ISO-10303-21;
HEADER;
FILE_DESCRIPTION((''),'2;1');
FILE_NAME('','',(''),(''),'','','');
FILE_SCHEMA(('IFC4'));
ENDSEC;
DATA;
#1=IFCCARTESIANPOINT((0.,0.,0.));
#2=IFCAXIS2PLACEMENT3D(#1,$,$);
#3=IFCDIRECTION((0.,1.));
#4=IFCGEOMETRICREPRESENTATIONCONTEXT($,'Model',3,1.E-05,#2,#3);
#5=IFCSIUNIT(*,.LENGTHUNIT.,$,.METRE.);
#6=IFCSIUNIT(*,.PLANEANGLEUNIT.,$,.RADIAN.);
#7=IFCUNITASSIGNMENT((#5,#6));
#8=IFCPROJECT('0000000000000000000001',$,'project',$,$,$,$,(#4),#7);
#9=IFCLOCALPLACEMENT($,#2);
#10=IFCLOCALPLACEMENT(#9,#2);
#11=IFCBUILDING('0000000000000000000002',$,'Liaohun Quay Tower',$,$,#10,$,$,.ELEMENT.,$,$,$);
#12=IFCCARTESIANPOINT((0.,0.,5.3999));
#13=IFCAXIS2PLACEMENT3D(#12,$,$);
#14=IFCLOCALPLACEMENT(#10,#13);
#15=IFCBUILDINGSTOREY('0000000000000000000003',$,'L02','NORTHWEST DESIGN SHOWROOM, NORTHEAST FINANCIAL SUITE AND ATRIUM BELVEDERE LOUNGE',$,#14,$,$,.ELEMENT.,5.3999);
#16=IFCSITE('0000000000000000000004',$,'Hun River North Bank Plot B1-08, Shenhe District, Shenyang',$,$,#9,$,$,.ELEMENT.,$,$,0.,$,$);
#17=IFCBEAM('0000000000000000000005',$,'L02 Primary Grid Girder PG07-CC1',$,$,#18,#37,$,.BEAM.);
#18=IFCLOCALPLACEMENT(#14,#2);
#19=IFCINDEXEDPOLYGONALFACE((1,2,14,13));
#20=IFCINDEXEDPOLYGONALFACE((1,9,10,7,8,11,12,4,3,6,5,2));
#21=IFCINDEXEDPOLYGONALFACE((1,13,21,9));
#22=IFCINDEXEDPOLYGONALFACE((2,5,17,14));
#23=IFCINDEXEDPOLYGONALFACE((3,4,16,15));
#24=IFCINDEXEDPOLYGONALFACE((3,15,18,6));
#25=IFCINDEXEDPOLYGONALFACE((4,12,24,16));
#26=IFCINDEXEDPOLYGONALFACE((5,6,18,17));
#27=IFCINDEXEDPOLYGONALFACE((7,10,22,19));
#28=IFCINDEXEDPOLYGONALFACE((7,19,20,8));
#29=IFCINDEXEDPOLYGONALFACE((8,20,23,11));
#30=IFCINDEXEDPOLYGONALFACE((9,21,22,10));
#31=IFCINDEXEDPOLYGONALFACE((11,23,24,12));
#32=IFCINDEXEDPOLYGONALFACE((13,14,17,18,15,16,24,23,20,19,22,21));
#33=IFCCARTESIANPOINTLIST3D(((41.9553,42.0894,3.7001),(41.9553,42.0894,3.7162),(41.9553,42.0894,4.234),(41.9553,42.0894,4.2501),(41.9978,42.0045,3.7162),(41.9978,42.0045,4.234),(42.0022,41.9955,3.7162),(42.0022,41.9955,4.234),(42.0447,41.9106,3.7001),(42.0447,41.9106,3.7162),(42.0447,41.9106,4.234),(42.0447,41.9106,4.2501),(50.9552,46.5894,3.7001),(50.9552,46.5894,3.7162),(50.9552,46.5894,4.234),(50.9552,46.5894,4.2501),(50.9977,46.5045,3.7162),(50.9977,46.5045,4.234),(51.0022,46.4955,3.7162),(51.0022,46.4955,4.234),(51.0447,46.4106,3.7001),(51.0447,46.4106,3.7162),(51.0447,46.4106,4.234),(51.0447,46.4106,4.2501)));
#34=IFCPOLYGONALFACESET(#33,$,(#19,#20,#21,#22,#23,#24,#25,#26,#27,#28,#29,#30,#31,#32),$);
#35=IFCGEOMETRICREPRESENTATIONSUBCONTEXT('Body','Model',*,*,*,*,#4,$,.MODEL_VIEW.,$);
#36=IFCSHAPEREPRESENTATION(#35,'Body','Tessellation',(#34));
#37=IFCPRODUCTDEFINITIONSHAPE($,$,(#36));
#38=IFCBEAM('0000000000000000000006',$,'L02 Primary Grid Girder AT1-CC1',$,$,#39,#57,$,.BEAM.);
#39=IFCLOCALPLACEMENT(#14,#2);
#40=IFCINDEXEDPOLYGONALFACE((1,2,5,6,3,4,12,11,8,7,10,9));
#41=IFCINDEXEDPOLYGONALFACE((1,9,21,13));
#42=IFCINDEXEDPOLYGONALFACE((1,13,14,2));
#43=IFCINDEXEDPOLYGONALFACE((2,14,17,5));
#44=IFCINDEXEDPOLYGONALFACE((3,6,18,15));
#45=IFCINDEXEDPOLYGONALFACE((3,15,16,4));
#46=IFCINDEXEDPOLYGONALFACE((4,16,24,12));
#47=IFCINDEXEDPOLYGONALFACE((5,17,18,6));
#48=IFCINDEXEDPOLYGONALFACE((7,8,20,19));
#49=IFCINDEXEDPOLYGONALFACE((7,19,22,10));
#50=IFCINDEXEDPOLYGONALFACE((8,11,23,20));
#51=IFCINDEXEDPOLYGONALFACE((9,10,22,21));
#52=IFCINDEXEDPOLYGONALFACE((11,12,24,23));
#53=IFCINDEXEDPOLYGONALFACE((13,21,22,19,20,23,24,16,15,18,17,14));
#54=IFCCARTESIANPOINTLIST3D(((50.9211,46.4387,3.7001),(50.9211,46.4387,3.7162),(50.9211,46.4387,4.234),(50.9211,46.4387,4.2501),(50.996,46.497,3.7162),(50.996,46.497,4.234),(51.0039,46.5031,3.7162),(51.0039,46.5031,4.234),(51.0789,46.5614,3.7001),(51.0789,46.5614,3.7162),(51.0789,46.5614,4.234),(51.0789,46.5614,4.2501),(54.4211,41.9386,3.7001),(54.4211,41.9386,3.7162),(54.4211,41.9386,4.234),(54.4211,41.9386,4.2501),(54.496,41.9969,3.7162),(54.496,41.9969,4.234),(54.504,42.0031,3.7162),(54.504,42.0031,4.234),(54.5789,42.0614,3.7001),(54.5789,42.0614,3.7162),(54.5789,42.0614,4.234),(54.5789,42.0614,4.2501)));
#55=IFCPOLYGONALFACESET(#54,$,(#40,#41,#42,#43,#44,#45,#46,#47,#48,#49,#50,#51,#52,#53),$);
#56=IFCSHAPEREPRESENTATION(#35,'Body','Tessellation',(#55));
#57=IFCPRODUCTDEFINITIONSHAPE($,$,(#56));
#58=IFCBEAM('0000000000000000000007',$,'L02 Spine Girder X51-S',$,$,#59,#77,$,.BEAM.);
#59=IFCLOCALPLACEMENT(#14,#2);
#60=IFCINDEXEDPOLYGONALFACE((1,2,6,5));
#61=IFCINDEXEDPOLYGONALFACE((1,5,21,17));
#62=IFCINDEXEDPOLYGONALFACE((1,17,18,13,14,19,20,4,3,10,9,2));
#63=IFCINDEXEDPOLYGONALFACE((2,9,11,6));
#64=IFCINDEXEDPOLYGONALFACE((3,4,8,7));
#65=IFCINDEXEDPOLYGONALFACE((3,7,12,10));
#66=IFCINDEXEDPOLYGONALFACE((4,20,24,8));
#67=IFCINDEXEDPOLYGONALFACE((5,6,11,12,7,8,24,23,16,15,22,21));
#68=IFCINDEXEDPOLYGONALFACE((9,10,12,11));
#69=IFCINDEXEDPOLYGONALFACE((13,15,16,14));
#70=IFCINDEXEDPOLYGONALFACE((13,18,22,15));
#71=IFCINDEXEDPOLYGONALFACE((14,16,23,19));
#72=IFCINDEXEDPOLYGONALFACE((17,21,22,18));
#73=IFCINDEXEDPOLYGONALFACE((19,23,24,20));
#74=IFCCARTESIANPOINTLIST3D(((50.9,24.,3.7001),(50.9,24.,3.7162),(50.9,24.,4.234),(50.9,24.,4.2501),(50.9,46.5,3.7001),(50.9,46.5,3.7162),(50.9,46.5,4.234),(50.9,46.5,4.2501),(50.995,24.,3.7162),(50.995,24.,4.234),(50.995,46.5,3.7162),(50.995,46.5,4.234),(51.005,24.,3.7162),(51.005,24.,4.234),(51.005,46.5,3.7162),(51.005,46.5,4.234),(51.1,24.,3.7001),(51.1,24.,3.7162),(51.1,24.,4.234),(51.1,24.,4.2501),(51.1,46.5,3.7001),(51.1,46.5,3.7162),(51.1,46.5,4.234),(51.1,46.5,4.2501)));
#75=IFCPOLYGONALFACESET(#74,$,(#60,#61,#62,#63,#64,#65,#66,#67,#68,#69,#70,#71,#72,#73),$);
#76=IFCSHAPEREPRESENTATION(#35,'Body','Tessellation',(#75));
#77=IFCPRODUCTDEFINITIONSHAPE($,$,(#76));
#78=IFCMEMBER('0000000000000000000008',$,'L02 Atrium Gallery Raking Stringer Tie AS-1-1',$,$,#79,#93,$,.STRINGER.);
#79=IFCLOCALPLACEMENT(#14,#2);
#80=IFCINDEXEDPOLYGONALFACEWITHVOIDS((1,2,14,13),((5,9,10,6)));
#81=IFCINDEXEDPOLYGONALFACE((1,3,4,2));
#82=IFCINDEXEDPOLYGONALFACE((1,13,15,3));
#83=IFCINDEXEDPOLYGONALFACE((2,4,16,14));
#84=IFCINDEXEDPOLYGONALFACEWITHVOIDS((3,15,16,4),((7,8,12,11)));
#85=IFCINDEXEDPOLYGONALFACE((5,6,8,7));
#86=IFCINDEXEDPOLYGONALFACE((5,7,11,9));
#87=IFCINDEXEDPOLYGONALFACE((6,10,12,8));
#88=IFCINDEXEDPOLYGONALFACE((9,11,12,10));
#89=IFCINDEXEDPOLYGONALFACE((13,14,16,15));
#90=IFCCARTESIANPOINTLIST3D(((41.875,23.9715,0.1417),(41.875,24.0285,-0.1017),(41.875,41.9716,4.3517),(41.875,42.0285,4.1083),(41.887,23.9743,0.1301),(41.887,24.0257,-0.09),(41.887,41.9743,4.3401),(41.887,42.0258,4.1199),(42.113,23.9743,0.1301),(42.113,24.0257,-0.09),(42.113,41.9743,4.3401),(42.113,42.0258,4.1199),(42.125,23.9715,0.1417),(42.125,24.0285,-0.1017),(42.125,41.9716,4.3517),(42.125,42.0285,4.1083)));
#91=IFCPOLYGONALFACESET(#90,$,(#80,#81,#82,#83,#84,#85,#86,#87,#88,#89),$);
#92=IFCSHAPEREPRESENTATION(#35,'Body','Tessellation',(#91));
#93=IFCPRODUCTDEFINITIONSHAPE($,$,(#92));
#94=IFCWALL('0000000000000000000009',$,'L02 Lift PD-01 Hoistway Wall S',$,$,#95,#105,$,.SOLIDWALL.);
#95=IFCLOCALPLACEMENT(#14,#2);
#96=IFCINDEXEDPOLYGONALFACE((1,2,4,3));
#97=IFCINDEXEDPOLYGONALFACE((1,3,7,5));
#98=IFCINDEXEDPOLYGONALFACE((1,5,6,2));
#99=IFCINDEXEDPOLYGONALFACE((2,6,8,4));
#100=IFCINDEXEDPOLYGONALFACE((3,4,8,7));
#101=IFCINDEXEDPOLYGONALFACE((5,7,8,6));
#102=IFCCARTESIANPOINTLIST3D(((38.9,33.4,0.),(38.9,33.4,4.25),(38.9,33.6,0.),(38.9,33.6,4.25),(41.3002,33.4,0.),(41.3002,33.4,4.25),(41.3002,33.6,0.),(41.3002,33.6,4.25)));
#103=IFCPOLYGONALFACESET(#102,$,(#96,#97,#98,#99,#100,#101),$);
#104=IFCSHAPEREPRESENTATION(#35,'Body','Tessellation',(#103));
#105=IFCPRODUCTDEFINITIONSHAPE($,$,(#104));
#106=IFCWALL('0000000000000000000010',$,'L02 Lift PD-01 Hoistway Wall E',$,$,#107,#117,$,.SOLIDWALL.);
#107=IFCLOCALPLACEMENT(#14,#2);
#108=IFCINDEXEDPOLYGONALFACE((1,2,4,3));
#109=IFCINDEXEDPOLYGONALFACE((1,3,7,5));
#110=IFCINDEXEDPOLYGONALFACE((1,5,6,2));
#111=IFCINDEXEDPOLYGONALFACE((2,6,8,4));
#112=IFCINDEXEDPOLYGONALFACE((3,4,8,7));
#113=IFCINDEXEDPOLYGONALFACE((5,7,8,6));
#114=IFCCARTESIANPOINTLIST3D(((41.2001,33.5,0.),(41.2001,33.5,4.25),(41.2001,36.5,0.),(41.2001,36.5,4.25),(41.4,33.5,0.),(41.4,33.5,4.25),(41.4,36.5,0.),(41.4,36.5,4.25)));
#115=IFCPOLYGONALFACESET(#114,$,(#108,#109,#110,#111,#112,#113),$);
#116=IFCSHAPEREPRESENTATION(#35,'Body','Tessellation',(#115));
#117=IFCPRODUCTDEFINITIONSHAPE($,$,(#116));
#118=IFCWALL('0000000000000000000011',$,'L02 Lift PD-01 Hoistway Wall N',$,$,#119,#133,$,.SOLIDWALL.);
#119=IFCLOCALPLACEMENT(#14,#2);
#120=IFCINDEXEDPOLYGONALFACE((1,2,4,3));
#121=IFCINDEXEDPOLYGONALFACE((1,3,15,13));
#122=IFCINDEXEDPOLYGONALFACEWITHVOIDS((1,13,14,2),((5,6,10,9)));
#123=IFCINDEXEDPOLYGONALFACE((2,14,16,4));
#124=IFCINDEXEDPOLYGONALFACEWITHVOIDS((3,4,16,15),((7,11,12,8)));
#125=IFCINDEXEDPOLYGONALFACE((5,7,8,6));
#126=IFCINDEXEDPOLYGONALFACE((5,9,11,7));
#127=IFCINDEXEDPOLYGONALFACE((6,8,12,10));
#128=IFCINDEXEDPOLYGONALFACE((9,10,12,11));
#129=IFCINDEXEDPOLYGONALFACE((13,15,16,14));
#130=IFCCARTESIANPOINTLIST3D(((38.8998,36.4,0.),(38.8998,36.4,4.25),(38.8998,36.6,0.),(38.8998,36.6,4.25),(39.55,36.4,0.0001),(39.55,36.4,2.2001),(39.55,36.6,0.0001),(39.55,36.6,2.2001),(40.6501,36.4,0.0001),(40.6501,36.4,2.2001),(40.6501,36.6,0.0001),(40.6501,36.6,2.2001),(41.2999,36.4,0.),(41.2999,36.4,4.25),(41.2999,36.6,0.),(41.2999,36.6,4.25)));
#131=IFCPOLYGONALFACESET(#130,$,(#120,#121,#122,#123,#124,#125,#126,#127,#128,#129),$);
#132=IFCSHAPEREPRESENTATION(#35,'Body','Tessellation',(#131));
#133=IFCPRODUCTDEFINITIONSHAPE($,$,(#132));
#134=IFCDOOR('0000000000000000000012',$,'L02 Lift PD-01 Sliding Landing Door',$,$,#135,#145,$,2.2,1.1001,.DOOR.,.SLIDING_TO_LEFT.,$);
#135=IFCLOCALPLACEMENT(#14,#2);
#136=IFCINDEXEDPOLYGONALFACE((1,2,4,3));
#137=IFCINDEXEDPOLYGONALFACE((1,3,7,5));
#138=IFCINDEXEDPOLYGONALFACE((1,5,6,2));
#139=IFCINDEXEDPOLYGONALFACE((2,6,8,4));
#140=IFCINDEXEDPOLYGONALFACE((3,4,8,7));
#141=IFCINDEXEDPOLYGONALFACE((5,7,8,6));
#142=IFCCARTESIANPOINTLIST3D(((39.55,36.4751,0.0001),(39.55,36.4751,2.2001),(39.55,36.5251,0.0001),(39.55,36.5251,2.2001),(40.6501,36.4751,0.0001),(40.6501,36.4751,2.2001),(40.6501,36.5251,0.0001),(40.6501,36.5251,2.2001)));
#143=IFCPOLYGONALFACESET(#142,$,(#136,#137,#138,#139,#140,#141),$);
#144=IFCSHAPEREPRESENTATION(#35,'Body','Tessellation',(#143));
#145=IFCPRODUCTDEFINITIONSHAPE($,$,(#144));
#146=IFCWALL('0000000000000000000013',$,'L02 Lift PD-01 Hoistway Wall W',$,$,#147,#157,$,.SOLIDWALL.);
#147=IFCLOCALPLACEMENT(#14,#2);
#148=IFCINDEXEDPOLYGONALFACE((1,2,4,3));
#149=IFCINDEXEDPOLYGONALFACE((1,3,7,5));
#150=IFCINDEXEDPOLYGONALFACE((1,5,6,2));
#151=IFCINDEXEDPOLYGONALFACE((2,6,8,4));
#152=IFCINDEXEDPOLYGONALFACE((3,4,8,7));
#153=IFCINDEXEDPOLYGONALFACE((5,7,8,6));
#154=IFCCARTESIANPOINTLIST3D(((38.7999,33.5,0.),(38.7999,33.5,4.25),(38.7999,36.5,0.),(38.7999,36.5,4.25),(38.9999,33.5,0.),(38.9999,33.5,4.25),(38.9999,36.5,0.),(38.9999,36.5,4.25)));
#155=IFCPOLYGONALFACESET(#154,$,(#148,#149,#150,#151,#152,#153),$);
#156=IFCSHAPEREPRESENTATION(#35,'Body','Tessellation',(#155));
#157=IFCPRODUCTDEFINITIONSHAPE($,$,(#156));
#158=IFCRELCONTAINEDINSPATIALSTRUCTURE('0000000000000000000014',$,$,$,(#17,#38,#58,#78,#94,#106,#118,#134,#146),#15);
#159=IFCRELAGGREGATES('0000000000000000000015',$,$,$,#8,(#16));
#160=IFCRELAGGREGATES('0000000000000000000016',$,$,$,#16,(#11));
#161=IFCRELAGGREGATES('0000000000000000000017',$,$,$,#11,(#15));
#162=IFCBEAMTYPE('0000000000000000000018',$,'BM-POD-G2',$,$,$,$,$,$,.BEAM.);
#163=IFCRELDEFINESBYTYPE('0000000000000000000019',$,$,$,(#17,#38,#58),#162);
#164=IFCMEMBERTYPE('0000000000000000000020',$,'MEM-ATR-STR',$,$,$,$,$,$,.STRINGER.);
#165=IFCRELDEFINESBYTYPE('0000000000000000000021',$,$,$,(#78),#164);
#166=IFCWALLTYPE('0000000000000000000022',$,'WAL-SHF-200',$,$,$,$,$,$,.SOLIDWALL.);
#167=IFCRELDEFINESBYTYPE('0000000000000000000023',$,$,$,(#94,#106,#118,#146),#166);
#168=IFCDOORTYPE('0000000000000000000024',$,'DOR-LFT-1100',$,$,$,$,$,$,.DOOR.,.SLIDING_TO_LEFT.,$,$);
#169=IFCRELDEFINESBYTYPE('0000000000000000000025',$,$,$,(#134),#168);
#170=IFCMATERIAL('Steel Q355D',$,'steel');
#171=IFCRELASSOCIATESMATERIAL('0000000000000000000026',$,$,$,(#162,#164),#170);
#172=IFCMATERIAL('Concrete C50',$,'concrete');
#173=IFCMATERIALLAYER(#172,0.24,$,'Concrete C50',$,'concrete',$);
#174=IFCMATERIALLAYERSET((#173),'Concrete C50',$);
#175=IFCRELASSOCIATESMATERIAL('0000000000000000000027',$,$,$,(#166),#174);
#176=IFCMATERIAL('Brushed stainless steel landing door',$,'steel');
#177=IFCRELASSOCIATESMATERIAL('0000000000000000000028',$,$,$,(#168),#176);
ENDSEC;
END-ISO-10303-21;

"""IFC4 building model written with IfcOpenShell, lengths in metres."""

from ifc_helpers import new_model, si_unit, direction, frame, frame_2d, origin, origin_2d, place, context, subcontext, project, spatial, rectangle, hollow_rectangle, i_section, extrude, source, transform, mapped, material, layer, layer_set, material_profile, profile_set, type_object, element, fill, save


model = new_model("IFC4")

# Units and contexts
model_context = context("Model", 3, precision=1e-05, world=origin(), true_north=direction((0.0, 1.0)))
body_context = subcontext(model_context, "Body", "Model", "MODEL_VIEW")
ifc_project = project(units=[si_unit("LENGTHUNIT", "METRE"), si_unit("PLANEANGLEUNIT", "RADIAN")], contexts=[model_context])

# Site, building, storey
site_placement = place(None, origin())
site = spatial("IfcSite", under=ifc_project, at=site_placement, Name="Hun River North Bank Plot B1-08, Shenhe District, Shenyang", CompositionType="ELEMENT", RefElevation=0.0)
building_placement = place(site_placement, origin())
building = spatial("IfcBuilding", under=site, at=building_placement, Name="Liaohun Quay Tower", CompositionType="ELEMENT")
storey_placement = place(building_placement, frame((0.0, 0.0, 5.3999)))
storey = spatial("IfcBuildingStorey", under=building, at=storey_placement, Name="L02", Description="NORTHWEST DESIGN SHOWROOM, NORTHEAST FINANCIAL SUITE AND ATRIUM BELVEDERE LOUNGE", CompositionType="ELEMENT", Elevation=5.3999)

# Shared definitions
ifc_material_1 = material(Name="Steel Q355D", Category="steel")

# Beams
ifc_material_profile_1 = material_profile(ifc_material_1, i_section(OverallWidth=0.2, OverallDepth=0.55, WebThickness=0.01, FlangeThickness=0.0161, at=origin_2d()), Name="HN550x200x10x16")
ifc_profile_set_1 = profile_set([ifc_material_profile_1], Name="Steel Q355D")
beam_type_1 = type_object("IfcBeamType", Name="BM-POD-G2", PredefinedType="BEAM", material=ifc_profile_set_1)
shared_shape_1 = source(origin(), body_context, "Body", "SweptSolid", [
    extrude(i_section(OverallWidth=0.2, OverallDepth=0.55, WebThickness=0.01, FlangeThickness=0.0161, at=origin_2d()), origin(), (0.0, 0.0, 1.0), 10.0623),
])
beam_1_placement = place(storey_placement, frame((42.0, 42.0, 3.9751), z_axis=(0.894427, 0.447214, 0.0), x_axis=(-0.447214, 0.894427, 0.0)))
element("IfcBeam", 1, at=beam_1_placement, inside=storey, type_object=beam_type_1, Name="L02 Primary Grid Girder PG07-CC1", PredefinedType="BEAM", context=body_context, shape_type="MappedRepresentation", body=[
    mapped(shared_shape_1, transform((0.0, 0.0, 0.0), x_axis=(1.0, 0.0, 0.0), y_axis=(0.0, 1.0, 0.0), z_axis=(0.0, 0.0, 1.0), scale=1.0)),
])
shared_shape_2 = source(origin(), body_context, "Body", "SweptSolid", [
    extrude(i_section(OverallWidth=0.2, OverallDepth=0.55, WebThickness=0.01, FlangeThickness=0.0161, at=origin_2d()), origin(), (0.0, 0.0, 1.0), 5.7009),
])
beam_2_placement = place(storey_placement, frame((54.5, 42.0, 3.9751), z_axis=(-0.613941, 0.789352, 0.0), x_axis=(-0.789352, -0.613941, 0.0)))
element("IfcBeam", 2, at=beam_2_placement, inside=storey, type_object=beam_type_1, Name="L02 Primary Grid Girder AT1-CC1", PredefinedType="BEAM", context=body_context, shape_type="MappedRepresentation", body=[
    mapped(shared_shape_2, transform((0.0, 0.0, 0.0), x_axis=(1.0, 0.0, 0.0), y_axis=(0.0, 1.0, 0.0), z_axis=(0.0, 0.0, 1.0), scale=1.0)),
])
shared_shape_3 = source(origin(), body_context, "Body", "SweptSolid", [
    extrude(i_section(OverallWidth=0.2, OverallDepth=0.55, WebThickness=0.01, FlangeThickness=0.0161, at=origin_2d()), origin(), (0.0, 0.0, 1.0), 22.5),
])
beam_3_placement = place(storey_placement, frame((51.0, 24.0, 3.9751), z_axis=(0.0, 1.0, 0.0), x_axis=(-1.0, 0.0, 0.0)))
element("IfcBeam", 3, at=beam_3_placement, inside=storey, type_object=beam_type_1, Name="L02 Spine Girder X51-S", PredefinedType="BEAM", context=body_context, shape_type="MappedRepresentation", body=[
    mapped(shared_shape_3, transform((0.0, 0.0, 0.0), x_axis=(1.0, 0.0, 0.0), y_axis=(0.0, 1.0, 0.0), z_axis=(0.0, 0.0, 1.0), scale=1.0)),
])

# Member
ifc_material_profile_2 = material_profile(ifc_material_1, hollow_rectangle(XDim=0.25, YDim=0.25, WallThickness=0.012, at=origin_2d()), Name="SHS250x250x12")
ifc_profile_set_2 = profile_set([ifc_material_profile_2], Name="Steel Q355D")
member_type = type_object("IfcMemberType", Name="MEM-ATR-STR", PredefinedType="STRINGER", material=ifc_profile_set_2)
shared_shape_4 = source(origin(), body_context, "Body", "SweptSolid", [
    extrude(hollow_rectangle(XDim=0.25, YDim=0.25, WallThickness=0.012, at=origin_2d()), origin(), (0.0, 0.0, 1.0), 18.4858),
])
member_placement = place(storey_placement, frame((42.0, 24.0, 0.02), z_axis=(0.0, 0.973722, 0.227741), x_axis=(-1.0, 0.0, 0.0)))
element("IfcMember", 4, at=member_placement, inside=storey, type_object=member_type, Name="L02 Atrium Gallery Raking Stringer Tie AS-1-1", PredefinedType="STRINGER", context=body_context, shape_type="MappedRepresentation", body=[
    mapped(shared_shape_4, transform((0.0, 0.0, 0.0), x_axis=(1.0, 0.0, 0.0), y_axis=(0.0, 1.0, 0.0), z_axis=(0.0, 0.0, 1.0), scale=1.0)),
])

# Walls
ifc_material_2 = material(Name="Concrete C50", Category="concrete")
ifc_layer = layer(ifc_material_2, 0.24, Name="Concrete C50", Category="concrete")
ifc_layer_set = layer_set([ifc_layer], Name="Concrete C50")
wall_type = type_object("IfcWallType", Name="WAL-SHF-200", PredefinedType="SOLIDWALL", material=ifc_layer_set)
wall_1_placement = place(storey_placement, frame((38.8999, 33.5, 0.0), z_axis=(0.0, 0.0, 1.0), x_axis=(1.0, 0.0, 0.0)))
element("IfcWall", 5, at=wall_1_placement, inside=storey, type_object=wall_type, Name="L02 Lift PD-01 Hoistway Wall S", PredefinedType="SOLIDWALL", context=body_context, shape_type="SweptSolid", body=[
    extrude(rectangle(XDim=2.4001, YDim=0.2, at=frame_2d((1.2002, 0.0))), origin(), (0.0, 0.0, 1.0), 4.25),
])
wall_2_placement = place(storey_placement, frame((41.3, 33.5, 0.0), z_axis=(0.0, 0.0, 1.0), x_axis=(0.0, 1.0, 0.0)))
element("IfcWall", 6, at=wall_2_placement, inside=storey, type_object=wall_type, Name="L02 Lift PD-01 Hoistway Wall E", PredefinedType="SOLIDWALL", context=body_context, shape_type="SweptSolid", body=[
    extrude(rectangle(XDim=3.0, YDim=0.2, at=frame_2d((1.5, 0.0))), origin(), (0.0, 0.0, 1.0), 4.25),
])

# Wall, opening, door
wall_3_placement = place(storey_placement, frame((41.3, 36.5, 0.0), z_axis=(0.0, 0.0, 1.0), x_axis=(-1.0, 0.0, 0.0)))
wall_3 = element("IfcWall", 7, at=wall_3_placement, inside=storey, type_object=wall_type, Name="L02 Lift PD-01 Hoistway Wall N", PredefinedType="SOLIDWALL", context=body_context, shape_type="SweptSolid", body=[
    extrude(rectangle(XDim=2.4001, YDim=0.2, at=frame_2d((1.2002, 0.0))), origin(), (0.0, 0.0, 1.0), 4.25),
])
shared_shape_5 = source(origin(), body_context, "Body", "SweptSolid", [
    extrude(rectangle(XDim=1.1001, YDim=2.2, at=frame_2d((0.55, 1.1001))), frame((0.0, 0.1099, 0.0), z_axis=(0.0, -1.0, 0.0), x_axis=(1.0, 0.0, 0.0)), (0.0, 0.0, 1.0), 0.22),
])
opening_placement = place(wall_3_placement, frame((0.6499, 0.0, 0.0)))
opening = element("IfcOpeningElement", 8, at=opening_placement, cuts=wall_3, PredefinedType="OPENING", context=body_context, shape_type="MappedRepresentation", body=[
    mapped(shared_shape_5, transform((0.0, 0.0, 0.0), x_axis=(1.0, 0.0, 0.0), y_axis=(0.0, 1.0, 0.0), z_axis=(0.0, 0.0, 1.0), scale=1.0)),
])
ifc_material_3 = material(Name="Brushed stainless steel landing door", Category="steel")
door_type = type_object("IfcDoorType", Name="DOR-LFT-1100", OperationType="SLIDING_TO_LEFT", PredefinedType="DOOR", material=ifc_material_3)
shared_shape_6 = source(origin(), body_context, "Body", "SweptSolid", [
    extrude(rectangle(XDim=1.1001, YDim=2.2, at=frame_2d((0.55, 1.1001))), frame((0.0, 0.0249, 0.0), z_axis=(0.0, -1.0, 0.0), x_axis=(1.0, 0.0, 0.0)), (0.0, 0.0, 1.0), 0.05),
])
door_placement = place(opening_placement, origin())
door = element("IfcDoor", 9, at=door_placement, inside=storey, type_object=door_type, Name="L02 Lift PD-01 Sliding Landing Door", OperationType="SLIDING_TO_LEFT", OverallHeight=2.2, OverallWidth=1.1001, PredefinedType="DOOR", context=body_context, shape_type="MappedRepresentation", body=[
    mapped(shared_shape_6, transform((0.0, 0.0, 0.0), x_axis=(1.0, 0.0, 0.0), y_axis=(0.0, 1.0, 0.0), z_axis=(0.0, 0.0, 1.0), scale=1.0)),
])
fill(opening, door)

# Wall
wall_4_placement = place(storey_placement, frame((38.8999, 36.5, 0.0), z_axis=(0.0, 0.0, 1.0), x_axis=(0.0, -1.0, 0.0)))
element("IfcWall", 10, at=wall_4_placement, inside=storey, type_object=wall_type, Name="L02 Lift PD-01 Hoistway Wall W", PredefinedType="SOLIDWALL", context=body_context, shape_type="SweptSolid", body=[
    extrude(rectangle(XDim=3.0, YDim=0.2, at=frame_2d((1.5, 0.0))), origin(), (0.0, 0.0, 1.0), 4.25),
])

save(model, "model.ifc")
